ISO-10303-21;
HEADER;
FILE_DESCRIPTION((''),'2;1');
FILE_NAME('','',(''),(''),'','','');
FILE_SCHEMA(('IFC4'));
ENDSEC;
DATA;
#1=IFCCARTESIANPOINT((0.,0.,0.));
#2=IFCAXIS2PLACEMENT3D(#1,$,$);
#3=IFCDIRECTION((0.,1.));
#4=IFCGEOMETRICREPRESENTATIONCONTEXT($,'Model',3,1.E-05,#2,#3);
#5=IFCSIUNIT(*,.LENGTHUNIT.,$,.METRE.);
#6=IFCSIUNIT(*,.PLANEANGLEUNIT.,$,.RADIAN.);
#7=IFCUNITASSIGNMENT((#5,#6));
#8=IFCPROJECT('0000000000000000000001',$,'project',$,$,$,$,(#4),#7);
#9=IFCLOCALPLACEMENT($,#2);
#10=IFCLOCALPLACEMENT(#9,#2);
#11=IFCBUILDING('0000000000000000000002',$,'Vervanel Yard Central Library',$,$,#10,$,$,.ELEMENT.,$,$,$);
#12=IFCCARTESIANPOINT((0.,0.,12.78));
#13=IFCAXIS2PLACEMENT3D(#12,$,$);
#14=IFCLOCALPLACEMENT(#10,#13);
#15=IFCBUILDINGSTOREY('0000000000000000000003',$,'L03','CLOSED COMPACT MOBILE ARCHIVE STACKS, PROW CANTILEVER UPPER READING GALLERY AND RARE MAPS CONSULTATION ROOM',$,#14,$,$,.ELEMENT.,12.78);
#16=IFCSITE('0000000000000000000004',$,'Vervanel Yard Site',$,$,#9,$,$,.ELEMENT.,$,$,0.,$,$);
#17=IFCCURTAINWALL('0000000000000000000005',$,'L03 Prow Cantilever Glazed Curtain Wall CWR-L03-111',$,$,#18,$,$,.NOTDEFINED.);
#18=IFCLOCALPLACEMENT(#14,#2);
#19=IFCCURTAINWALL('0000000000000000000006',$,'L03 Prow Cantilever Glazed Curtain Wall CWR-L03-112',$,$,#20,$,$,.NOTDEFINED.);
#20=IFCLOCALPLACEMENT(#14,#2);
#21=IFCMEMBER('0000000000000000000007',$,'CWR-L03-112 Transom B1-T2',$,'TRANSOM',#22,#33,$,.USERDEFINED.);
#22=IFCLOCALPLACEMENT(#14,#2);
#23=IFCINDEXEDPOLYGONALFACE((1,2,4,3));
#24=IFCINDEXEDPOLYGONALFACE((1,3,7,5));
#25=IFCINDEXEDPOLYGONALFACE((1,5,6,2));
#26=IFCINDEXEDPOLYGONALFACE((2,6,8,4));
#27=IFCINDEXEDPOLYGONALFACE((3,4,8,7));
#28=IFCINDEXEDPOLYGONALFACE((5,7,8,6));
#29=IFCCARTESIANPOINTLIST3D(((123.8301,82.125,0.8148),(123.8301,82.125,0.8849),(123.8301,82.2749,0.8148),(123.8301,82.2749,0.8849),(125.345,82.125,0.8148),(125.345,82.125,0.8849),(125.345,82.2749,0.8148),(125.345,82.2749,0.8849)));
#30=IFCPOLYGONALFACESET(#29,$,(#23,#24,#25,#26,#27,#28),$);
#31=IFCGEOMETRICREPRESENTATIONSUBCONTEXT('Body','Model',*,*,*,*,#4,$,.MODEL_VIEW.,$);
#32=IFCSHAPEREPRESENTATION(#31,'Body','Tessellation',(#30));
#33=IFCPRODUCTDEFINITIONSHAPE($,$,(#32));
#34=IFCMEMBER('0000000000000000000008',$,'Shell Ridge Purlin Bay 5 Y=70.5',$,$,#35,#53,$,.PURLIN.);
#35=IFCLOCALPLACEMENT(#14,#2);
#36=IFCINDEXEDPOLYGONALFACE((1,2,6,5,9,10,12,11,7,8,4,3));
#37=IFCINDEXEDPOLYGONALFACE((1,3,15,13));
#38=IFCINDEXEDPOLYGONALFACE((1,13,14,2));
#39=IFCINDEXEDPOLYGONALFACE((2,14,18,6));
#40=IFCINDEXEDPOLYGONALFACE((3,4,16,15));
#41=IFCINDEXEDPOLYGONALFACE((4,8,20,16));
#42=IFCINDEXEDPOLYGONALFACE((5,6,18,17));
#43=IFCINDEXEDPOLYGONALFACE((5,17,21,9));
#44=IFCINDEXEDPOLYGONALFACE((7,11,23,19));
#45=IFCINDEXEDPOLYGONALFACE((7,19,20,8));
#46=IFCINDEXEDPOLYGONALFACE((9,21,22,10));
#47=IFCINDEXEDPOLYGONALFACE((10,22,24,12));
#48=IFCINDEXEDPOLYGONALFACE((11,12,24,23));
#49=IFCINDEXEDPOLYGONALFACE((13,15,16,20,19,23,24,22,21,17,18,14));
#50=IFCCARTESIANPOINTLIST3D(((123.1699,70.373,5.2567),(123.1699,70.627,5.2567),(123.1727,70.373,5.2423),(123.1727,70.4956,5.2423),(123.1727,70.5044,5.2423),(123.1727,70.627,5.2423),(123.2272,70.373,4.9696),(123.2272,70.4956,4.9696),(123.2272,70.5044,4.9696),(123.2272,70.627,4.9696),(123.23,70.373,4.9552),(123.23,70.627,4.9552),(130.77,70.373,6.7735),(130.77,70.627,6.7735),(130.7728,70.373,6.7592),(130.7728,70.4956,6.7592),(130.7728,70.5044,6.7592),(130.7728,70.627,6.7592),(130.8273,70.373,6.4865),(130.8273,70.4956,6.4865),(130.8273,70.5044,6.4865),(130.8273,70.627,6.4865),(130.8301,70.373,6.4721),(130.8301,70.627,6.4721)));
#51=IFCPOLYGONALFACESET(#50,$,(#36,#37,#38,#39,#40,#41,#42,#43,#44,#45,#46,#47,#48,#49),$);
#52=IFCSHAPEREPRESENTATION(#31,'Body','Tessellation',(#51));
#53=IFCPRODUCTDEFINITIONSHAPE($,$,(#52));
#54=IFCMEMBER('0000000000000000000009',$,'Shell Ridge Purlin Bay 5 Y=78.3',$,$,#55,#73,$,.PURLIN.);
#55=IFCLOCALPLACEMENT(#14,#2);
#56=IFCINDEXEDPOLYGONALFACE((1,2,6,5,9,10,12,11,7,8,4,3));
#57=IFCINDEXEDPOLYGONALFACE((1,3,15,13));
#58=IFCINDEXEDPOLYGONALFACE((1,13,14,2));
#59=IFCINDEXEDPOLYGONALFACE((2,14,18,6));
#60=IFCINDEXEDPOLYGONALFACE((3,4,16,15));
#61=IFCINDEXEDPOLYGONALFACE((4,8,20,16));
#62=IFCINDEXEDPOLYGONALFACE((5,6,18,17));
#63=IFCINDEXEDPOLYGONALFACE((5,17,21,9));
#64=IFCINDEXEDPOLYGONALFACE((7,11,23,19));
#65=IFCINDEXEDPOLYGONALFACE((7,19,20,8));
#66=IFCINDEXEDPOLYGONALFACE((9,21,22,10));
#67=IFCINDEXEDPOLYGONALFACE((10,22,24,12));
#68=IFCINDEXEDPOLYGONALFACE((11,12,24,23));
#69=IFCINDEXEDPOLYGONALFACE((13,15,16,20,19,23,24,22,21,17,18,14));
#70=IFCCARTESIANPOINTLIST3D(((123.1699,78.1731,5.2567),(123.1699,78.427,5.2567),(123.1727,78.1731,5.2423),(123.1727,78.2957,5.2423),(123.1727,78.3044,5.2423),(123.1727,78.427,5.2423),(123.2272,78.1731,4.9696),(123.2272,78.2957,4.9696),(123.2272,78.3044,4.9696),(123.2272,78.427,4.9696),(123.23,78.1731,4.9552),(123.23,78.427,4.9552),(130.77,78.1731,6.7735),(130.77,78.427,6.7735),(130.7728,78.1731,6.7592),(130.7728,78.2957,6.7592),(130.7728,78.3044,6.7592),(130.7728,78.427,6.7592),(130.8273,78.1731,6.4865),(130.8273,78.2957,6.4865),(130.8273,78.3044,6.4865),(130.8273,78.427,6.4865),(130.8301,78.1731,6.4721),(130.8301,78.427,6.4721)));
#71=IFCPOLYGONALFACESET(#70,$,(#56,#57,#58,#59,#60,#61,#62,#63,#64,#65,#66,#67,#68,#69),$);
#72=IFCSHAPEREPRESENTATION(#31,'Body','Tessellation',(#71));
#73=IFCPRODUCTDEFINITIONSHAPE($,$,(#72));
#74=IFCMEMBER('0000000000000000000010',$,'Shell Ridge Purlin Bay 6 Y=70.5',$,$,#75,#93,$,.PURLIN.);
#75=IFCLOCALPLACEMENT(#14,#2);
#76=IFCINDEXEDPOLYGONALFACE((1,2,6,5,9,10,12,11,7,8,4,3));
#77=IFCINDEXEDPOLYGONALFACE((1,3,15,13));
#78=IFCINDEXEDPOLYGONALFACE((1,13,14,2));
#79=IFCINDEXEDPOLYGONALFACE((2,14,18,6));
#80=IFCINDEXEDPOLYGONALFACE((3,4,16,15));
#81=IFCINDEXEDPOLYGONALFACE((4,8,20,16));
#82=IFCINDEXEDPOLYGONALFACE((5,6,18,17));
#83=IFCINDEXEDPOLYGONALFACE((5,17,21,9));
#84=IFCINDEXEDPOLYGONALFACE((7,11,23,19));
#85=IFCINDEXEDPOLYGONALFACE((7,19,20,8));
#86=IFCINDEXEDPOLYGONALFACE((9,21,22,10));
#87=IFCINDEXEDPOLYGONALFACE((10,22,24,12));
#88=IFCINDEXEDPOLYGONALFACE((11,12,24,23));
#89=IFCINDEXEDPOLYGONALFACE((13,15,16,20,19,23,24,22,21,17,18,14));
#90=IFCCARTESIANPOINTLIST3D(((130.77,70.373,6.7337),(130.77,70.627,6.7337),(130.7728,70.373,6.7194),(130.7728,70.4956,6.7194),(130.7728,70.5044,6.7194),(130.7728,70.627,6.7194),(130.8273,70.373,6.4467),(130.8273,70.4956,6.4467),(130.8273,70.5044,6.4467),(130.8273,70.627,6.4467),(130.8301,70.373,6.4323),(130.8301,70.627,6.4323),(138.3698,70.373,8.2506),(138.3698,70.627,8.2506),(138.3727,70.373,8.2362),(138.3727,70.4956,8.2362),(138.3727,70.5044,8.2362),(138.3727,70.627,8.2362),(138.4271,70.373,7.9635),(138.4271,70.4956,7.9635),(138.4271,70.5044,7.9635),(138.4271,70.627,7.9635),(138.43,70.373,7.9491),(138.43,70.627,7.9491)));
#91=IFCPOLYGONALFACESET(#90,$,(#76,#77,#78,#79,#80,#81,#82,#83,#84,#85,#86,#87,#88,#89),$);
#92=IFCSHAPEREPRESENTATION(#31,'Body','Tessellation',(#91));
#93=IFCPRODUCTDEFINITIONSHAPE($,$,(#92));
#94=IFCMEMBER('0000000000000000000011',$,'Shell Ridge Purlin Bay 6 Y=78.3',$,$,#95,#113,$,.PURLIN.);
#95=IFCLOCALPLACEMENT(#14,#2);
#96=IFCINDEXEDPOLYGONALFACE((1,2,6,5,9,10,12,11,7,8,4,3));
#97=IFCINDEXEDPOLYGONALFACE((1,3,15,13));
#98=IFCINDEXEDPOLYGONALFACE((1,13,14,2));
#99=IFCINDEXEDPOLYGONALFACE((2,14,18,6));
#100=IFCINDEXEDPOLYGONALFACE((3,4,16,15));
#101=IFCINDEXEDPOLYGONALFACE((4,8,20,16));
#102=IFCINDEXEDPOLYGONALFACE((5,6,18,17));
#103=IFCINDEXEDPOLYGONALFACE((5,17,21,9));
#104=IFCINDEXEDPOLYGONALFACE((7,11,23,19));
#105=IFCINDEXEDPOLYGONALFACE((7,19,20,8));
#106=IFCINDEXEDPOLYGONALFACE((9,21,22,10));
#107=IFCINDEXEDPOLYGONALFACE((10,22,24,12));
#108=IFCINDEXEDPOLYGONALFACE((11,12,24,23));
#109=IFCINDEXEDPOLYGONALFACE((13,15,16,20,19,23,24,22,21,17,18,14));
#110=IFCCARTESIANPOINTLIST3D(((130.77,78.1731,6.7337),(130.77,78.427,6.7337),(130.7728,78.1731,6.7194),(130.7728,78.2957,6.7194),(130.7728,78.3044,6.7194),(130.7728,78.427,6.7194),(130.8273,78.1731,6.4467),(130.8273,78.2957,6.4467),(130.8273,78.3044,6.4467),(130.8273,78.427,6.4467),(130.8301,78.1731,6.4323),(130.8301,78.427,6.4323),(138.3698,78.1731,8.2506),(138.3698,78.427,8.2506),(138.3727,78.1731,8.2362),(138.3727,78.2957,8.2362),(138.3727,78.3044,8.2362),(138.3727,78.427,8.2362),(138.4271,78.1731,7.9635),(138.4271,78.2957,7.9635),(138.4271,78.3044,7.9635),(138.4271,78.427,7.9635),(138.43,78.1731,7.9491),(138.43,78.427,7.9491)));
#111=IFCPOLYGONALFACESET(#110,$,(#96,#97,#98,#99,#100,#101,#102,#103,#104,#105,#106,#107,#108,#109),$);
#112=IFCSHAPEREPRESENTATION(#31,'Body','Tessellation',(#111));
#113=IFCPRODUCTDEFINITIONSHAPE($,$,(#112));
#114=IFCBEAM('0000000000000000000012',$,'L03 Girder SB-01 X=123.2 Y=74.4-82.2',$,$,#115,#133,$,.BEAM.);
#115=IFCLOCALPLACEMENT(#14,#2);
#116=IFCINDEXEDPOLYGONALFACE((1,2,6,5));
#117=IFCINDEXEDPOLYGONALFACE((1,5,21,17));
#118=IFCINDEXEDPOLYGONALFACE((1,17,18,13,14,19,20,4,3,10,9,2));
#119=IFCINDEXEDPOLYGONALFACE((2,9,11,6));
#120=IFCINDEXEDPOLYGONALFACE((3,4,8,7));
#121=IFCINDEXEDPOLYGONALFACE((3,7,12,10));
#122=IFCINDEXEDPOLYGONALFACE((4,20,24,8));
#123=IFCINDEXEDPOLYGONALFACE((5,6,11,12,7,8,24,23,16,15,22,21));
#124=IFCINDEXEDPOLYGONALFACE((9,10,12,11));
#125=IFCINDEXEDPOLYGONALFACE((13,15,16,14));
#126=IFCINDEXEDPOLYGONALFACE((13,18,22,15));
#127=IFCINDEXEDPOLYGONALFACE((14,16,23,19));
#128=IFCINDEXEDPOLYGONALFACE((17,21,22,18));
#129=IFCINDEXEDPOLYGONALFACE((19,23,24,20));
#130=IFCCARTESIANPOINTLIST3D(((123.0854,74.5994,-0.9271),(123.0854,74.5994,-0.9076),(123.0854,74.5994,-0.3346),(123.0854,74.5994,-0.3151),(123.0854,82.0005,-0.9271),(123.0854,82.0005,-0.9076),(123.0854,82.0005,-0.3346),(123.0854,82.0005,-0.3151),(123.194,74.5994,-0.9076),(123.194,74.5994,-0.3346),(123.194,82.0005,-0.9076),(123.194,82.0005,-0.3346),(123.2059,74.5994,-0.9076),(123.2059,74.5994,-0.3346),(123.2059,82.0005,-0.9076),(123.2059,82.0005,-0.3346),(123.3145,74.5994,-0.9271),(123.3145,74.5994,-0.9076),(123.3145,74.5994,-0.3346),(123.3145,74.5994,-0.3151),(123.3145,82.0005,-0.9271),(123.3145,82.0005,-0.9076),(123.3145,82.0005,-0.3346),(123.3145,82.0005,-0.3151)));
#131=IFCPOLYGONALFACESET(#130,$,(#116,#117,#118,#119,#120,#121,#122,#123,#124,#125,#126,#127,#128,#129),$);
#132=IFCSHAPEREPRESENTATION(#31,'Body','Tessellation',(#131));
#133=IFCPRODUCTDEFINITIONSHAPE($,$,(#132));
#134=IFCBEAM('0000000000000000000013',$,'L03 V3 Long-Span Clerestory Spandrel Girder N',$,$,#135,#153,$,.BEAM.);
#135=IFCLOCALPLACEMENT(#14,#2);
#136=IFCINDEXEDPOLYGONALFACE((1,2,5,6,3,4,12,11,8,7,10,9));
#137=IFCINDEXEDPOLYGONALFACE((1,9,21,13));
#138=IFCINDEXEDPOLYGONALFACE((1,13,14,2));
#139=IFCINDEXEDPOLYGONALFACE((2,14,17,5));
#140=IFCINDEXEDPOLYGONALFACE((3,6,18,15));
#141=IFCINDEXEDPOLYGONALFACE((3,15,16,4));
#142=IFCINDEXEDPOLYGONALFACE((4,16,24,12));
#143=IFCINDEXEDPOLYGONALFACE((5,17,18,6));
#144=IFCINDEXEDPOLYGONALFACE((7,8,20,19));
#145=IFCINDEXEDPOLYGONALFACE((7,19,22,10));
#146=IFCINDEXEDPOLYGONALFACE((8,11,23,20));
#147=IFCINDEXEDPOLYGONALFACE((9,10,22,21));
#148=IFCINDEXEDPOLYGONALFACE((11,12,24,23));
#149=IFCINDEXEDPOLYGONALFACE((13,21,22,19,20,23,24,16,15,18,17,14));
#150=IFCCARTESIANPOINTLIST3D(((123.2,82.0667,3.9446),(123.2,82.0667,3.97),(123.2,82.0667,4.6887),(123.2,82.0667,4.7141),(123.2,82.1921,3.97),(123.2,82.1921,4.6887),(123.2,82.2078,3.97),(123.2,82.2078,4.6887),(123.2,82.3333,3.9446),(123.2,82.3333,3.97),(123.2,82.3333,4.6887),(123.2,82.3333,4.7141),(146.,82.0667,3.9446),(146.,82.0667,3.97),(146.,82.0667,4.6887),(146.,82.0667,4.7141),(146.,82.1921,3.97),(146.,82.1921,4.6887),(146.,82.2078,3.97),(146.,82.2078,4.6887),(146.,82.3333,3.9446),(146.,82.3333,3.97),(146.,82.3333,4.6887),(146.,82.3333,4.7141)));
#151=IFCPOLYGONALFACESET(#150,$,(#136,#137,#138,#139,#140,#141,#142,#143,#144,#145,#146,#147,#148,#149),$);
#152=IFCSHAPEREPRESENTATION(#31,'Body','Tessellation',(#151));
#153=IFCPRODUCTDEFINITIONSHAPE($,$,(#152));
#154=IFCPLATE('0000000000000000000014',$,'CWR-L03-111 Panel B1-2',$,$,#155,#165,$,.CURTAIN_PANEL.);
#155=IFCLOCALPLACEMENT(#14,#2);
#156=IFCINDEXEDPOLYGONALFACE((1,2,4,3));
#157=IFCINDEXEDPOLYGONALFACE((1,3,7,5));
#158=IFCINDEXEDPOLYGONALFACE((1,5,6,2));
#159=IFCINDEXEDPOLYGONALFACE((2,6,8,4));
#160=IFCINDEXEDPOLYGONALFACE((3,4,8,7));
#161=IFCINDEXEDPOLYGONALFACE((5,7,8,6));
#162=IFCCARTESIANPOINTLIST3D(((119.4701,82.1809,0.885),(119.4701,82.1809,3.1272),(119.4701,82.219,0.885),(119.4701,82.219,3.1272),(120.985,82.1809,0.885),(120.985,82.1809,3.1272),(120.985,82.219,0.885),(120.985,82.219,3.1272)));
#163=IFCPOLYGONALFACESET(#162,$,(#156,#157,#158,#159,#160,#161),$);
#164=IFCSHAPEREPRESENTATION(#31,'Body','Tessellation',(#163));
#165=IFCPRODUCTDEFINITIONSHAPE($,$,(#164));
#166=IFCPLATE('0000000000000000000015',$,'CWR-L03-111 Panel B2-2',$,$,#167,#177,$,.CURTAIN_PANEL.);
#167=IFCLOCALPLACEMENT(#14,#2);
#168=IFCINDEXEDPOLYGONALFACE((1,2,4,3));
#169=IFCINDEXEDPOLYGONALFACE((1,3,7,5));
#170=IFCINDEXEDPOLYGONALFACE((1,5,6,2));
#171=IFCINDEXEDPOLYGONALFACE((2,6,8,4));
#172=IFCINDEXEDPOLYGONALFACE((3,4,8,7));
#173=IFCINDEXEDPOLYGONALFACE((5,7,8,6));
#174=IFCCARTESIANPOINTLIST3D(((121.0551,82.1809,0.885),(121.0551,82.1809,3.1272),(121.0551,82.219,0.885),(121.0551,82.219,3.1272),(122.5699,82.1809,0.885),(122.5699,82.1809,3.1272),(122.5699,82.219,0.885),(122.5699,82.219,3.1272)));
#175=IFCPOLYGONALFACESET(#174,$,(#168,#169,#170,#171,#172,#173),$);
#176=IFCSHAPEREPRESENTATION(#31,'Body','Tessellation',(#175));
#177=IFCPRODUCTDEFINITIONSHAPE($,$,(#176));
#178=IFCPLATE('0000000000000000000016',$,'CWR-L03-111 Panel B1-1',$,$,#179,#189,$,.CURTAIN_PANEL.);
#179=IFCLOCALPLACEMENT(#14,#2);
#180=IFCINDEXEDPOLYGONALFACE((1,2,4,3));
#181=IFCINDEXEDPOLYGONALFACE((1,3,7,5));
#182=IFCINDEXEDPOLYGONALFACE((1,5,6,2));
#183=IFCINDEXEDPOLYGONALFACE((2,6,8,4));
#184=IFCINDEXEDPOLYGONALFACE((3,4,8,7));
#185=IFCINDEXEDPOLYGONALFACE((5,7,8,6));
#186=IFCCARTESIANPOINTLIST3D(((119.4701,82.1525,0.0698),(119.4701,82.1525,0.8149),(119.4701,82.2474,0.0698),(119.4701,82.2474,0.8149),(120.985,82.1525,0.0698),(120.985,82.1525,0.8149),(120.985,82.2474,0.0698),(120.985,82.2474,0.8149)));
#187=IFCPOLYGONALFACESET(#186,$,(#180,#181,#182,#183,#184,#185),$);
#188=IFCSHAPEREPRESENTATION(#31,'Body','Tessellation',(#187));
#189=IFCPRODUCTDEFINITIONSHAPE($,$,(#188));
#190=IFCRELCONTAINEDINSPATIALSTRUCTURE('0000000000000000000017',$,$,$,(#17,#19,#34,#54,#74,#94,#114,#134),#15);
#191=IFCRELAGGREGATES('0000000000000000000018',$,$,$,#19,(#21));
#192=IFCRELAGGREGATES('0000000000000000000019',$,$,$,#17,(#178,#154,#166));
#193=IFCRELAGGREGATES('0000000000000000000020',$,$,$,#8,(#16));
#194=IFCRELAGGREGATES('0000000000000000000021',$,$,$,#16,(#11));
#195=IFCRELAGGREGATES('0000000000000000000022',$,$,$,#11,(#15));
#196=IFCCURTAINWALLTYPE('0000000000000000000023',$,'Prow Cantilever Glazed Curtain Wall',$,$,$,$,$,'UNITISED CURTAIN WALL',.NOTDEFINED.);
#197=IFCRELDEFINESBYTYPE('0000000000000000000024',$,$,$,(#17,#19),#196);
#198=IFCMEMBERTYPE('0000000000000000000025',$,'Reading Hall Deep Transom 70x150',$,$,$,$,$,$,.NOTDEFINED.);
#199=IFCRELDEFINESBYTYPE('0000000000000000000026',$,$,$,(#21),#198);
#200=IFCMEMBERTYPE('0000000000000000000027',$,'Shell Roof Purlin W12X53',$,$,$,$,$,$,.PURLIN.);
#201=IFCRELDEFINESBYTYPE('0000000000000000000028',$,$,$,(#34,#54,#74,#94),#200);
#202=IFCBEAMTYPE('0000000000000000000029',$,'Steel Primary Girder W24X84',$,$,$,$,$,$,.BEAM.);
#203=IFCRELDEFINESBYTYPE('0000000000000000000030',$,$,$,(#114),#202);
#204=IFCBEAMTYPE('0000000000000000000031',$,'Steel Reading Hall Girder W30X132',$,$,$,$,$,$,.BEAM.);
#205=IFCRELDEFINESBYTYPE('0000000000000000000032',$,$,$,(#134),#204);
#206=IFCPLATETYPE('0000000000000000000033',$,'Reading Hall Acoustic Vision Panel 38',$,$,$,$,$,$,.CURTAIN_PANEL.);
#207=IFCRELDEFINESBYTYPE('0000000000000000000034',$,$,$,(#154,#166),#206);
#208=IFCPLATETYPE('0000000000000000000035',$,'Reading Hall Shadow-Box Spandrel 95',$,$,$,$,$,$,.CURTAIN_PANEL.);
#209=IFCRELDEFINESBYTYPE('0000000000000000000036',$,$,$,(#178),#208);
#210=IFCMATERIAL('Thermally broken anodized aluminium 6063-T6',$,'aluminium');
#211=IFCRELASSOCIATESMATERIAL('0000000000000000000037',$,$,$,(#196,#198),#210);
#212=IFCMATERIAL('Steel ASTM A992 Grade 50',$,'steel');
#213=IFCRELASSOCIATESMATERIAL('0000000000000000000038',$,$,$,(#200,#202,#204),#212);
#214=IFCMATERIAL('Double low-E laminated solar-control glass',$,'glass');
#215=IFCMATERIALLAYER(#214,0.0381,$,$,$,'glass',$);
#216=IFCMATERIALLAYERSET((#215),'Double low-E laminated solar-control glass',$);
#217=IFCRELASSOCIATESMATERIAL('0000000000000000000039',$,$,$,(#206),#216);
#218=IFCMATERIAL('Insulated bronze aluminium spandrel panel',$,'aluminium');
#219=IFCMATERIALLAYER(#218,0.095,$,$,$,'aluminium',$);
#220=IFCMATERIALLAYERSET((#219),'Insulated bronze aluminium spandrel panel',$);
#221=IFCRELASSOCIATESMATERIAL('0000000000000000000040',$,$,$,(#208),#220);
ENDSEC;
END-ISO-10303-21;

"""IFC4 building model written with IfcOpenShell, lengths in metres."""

from ifc_helpers import new_model, si_unit, direction, frame, origin, origin_2d, place, context, subcontext, project, spatial, rectangle, i_section, extrude, material, layer, layer_set, material_profile, profile_set, type_object, element, aggregate, save


model = new_model("IFC4")

# Units and contexts
model_context = context("Model", 3, precision=1e-05, world=origin(), true_north=direction((0.0, 1.0)))
body_context = subcontext(model_context, "Body", "Model", "MODEL_VIEW")
ifc_project = project(units=[si_unit("LENGTHUNIT", "METRE"), si_unit("PLANEANGLEUNIT", "RADIAN")], contexts=[model_context])

# Site, building, storey
site_placement = place(None, origin())
site = spatial("IfcSite", under=ifc_project, at=site_placement, Name="Vervanel Yard Site", CompositionType="ELEMENT", RefElevation=0.0)
building_placement = place(site_placement, origin())
building = spatial("IfcBuilding", under=site, at=building_placement, Name="Vervanel Yard Central Library", CompositionType="ELEMENT")
storey_placement = place(building_placement, frame((0.0, 0.0, 12.78)))
storey = spatial("IfcBuildingStorey", under=building, at=storey_placement, Name="L03", Description="CLOSED COMPACT MOBILE ARCHIVE STACKS, PROW CANTILEVER UPPER READING GALLERY AND RARE MAPS CONSULTATION ROOM", CompositionType="ELEMENT", Elevation=12.78)

# Shared definitions
ifc_material_1 = material(Name="Steel ASTM A992 Grade 50", Category="steel")

# Curtain wall
ifc_material_2 = material(Name="Thermally broken anodized aluminium 6063-T6", Category="aluminium")
curtain_wall_type = type_object("IfcCurtainWallType", Name="Prow Cantilever Glazed Curtain Wall", ElementType="UNITISED CURTAIN WALL", PredefinedType="NOTDEFINED", material=ifc_material_2)
curtain_wall_1_placement = place(storey_placement, origin())
curtain_wall_1 = element("IfcCurtainWall", 1, at=curtain_wall_1_placement, inside=storey, type_object=curtain_wall_type, Name="L03 Prow Cantilever Glazed Curtain Wall CWR-L03-111", PredefinedType="NOTDEFINED")

# Curtain wall
curtain_wall_2_placement = place(storey_placement, origin())
curtain_wall_2 = element("IfcCurtainWall", 2, at=curtain_wall_2_placement, inside=storey, type_object=curtain_wall_type, Name="L03 Prow Cantilever Glazed Curtain Wall CWR-L03-112", PredefinedType="NOTDEFINED")

# Member
ifc_material_profile_1 = material_profile(ifc_material_2, rectangle(XDim=0.0701, YDim=0.1499, at=origin_2d()), Name="ALU 70x150", Category="aluminium")
ifc_profile_set_1 = profile_set([ifc_material_profile_1], Name="Thermally broken anodized aluminium 6063-T6")
member_type_1 = type_object("IfcMemberType", Name="Reading Hall Deep Transom 70x150", PredefinedType="NOTDEFINED", material=ifc_profile_set_1)
member_1_placement = place(storey_placement, frame((123.8301, 82.2, 0.8499), z_axis=(1.0, 0.0, 0.0), x_axis=(0.0, 0.0, 1.0)))
member_1 = element("IfcMember", 3, at=member_1_placement, type_object=member_type_1, Name="CWR-L03-112 Transom B1-T2", ObjectType="TRANSOM", PredefinedType="USERDEFINED", context=body_context, shape_type="SweptSolid", body=[
    extrude(rectangle(XDim=0.0701, YDim=0.1499, at=origin_2d()), origin(), (0.0, 0.0, 1.0), 1.5149),
])
aggregate(curtain_wall_2, [member_1])

# Members
ifc_material_profile_2 = material_profile(ifc_material_1, i_section(OverallWidth=0.2539, OverallDepth=0.3074, WebThickness=0.0088, FlangeThickness=0.0146, at=origin_2d()), Name="W12X53", Category="steel")
ifc_profile_set_2 = profile_set([ifc_material_profile_2], Name="Steel ASTM A992 Grade 50")
member_type_2 = type_object("IfcMemberType", Name="Shell Roof Purlin W12X53", PredefinedType="PURLIN", material=ifc_profile_set_2)
for number, where, z_axis, x_axis, name in (
    (4, (123.2, 70.5, 5.106), (0.980659, 0.0, 0.195722), (0.0, 1.0, 0.0), "Shell Ridge Purlin Bay 5 Y=70.5"),
    (5, (123.2, 78.3, 5.106), (0.980659, 0.0, 0.195722), (0.0, 1.0, 0.0), "Shell Ridge Purlin Bay 5 Y=78.3"),
):
    element("IfcMember", number, at=place(storey_placement, frame(where, z_axis=z_axis, x_axis=x_axis)), inside=storey, type_object=member_type_2, Name=name, PredefinedType="PURLIN", context=body_context, shape_type="SweptSolid", body=[
        extrude(i_section(OverallWidth=0.2539, OverallDepth=0.3074, WebThickness=0.0088, FlangeThickness=0.0146, at=origin_2d()), origin(), (0.0, 0.0, 1.0), 7.75),
    ])
for number, where, z_axis, x_axis, name in (
    (6, (130.8, 70.5, 6.583), (0.980658, 0.0, 0.195728), (0.0, 1.0, 0.0), "Shell Ridge Purlin Bay 6 Y=70.5"),
    (7, (130.8, 78.3, 6.583), (0.980658, 0.0, 0.195728), (0.0, 1.0, 0.0), "Shell Ridge Purlin Bay 6 Y=78.3"),
):
    element("IfcMember", number, at=place(storey_placement, frame(where, z_axis=z_axis, x_axis=x_axis)), inside=storey, type_object=member_type_2, Name=name, PredefinedType="PURLIN", context=body_context, shape_type="SweptSolid", body=[
        extrude(i_section(OverallWidth=0.2539, OverallDepth=0.3074, WebThickness=0.0088, FlangeThickness=0.0146, at=origin_2d()), origin(), (0.0, 0.0, 1.0), 7.7498),
    ])

# Beams
ifc_material_profile_3 = material_profile(ifc_material_1, i_section(OverallWidth=0.229, OverallDepth=0.6121, WebThickness=0.012, FlangeThickness=0.0195, at=origin_2d()), Name="W24X84", Category="steel")
ifc_profile_set_3 = profile_set([ifc_material_profile_3], Name="Steel ASTM A992 Grade 50")
beam_type_1 = type_object("IfcBeamType", Name="Steel Primary Girder W24X84", PredefinedType="BEAM", material=ifc_profile_set_3)
beam_1_placement = place(storey_placement, frame((123.2, 74.5994, -0.6211), z_axis=(0.0, 1.0, 0.0), x_axis=(-1.0, 0.0, 0.0)))
element("IfcBeam", 8, at=beam_1_placement, inside=storey, type_object=beam_type_1, Name="L03 Girder SB-01 X=123.2 Y=74.4-82.2", PredefinedType="BEAM", context=body_context, shape_type="SweptSolid", body=[
    extrude(i_section(OverallWidth=0.229, OverallDepth=0.6121, WebThickness=0.012, FlangeThickness=0.0195, at=origin_2d()), origin(), (0.0, 0.0, 1.0), 7.4011),
])
ifc_material_profile_4 = material_profile(ifc_material_1, i_section(OverallWidth=0.2666, OverallDepth=0.7695, WebThickness=0.0156, FlangeThickness=0.0254, at=origin_2d()), Name="W30X132", Category="steel")
ifc_profile_set_4 = profile_set([ifc_material_profile_4], Name="Steel ASTM A992 Grade 50")
beam_type_2 = type_object("IfcBeamType", Name="Steel Reading Hall Girder W30X132", PredefinedType="BEAM", material=ifc_profile_set_4)
beam_2_placement = place(storey_placement, frame((123.2, 82.2, 4.3293), z_axis=(1.0, 0.0, 0.0), x_axis=(0.0, 1.0, 0.0)))
element("IfcBeam", 9, at=beam_2_placement, inside=storey, type_object=beam_type_2, Name="L03 V3 Long-Span Clerestory Spandrel Girder N", PredefinedType="BEAM", context=body_context, shape_type="SweptSolid", body=[
    extrude(i_section(OverallWidth=0.2666, OverallDepth=0.7695, WebThickness=0.0156, FlangeThickness=0.0254, at=origin_2d()), origin(), (0.0, 0.0, 1.0), 22.8),
])

# Plates
ifc_material_3 = material(Name="Double low-E laminated solar-control glass", Category="glass")
ifc_layer_1 = layer(ifc_material_3, 0.0381, Category="glass")
ifc_layer_set_1 = layer_set([ifc_layer_1], Name="Double low-E laminated solar-control glass")
plate_type_1 = type_object("IfcPlateType", Name="Reading Hall Acoustic Vision Panel 38", PredefinedType="CURTAIN_PANEL", material=ifc_layer_set_1)
plate_1_placement = place(storey_placement, frame((120.2275, 82.2, 0.885), z_axis=(0.0, 0.0, 1.0), x_axis=(1.0, 0.0, 0.0)))
plate_1 = element("IfcPlate", 10, at=plate_1_placement, type_object=plate_type_1, Name="CWR-L03-111 Panel B1-2", PredefinedType="CURTAIN_PANEL", context=body_context, shape_type="SweptSolid", body=[
    extrude(rectangle(XDim=1.5149, YDim=0.0381, at=origin_2d()), origin(), (0.0, 0.0, 1.0), 2.2422),
])
plate_2_placement = place(storey_placement, frame((121.8125, 82.2, 0.885), z_axis=(0.0, 0.0, 1.0), x_axis=(1.0, 0.0, 0.0)))
plate_2 = element("IfcPlate", 11, at=plate_2_placement, type_object=plate_type_1, Name="CWR-L03-111 Panel B2-2", PredefinedType="CURTAIN_PANEL", context=body_context, shape_type="SweptSolid", body=[
    extrude(rectangle(XDim=1.5149, YDim=0.0381, at=origin_2d()), origin(), (0.0, 0.0, 1.0), 2.2422),
])
ifc_material_4 = material(Name="Insulated bronze aluminium spandrel panel", Category="aluminium")
ifc_layer_2 = layer(ifc_material_4, 0.095, Category="aluminium")
ifc_layer_set_2 = layer_set([ifc_layer_2], Name="Insulated bronze aluminium spandrel panel")
plate_type_2 = type_object("IfcPlateType", Name="Reading Hall Shadow-Box Spandrel 95", PredefinedType="CURTAIN_PANEL", material=ifc_layer_set_2)
plate_3_placement = place(storey_placement, frame((120.2275, 82.2, 0.0698), z_axis=(0.0, 0.0, 1.0), x_axis=(1.0, 0.0, 0.0)))
plate_3 = element("IfcPlate", 12, at=plate_3_placement, type_object=plate_type_2, Name="CWR-L03-111 Panel B1-1", PredefinedType="CURTAIN_PANEL", context=body_context, shape_type="SweptSolid", body=[
    extrude(rectangle(XDim=1.5149, YDim=0.095, at=origin_2d()), origin(), (0.0, 0.0, 1.0), 0.7451),
])
aggregate(curtain_wall_1, [plate_3, plate_1, plate_2])

save(model, "model.ifc")
